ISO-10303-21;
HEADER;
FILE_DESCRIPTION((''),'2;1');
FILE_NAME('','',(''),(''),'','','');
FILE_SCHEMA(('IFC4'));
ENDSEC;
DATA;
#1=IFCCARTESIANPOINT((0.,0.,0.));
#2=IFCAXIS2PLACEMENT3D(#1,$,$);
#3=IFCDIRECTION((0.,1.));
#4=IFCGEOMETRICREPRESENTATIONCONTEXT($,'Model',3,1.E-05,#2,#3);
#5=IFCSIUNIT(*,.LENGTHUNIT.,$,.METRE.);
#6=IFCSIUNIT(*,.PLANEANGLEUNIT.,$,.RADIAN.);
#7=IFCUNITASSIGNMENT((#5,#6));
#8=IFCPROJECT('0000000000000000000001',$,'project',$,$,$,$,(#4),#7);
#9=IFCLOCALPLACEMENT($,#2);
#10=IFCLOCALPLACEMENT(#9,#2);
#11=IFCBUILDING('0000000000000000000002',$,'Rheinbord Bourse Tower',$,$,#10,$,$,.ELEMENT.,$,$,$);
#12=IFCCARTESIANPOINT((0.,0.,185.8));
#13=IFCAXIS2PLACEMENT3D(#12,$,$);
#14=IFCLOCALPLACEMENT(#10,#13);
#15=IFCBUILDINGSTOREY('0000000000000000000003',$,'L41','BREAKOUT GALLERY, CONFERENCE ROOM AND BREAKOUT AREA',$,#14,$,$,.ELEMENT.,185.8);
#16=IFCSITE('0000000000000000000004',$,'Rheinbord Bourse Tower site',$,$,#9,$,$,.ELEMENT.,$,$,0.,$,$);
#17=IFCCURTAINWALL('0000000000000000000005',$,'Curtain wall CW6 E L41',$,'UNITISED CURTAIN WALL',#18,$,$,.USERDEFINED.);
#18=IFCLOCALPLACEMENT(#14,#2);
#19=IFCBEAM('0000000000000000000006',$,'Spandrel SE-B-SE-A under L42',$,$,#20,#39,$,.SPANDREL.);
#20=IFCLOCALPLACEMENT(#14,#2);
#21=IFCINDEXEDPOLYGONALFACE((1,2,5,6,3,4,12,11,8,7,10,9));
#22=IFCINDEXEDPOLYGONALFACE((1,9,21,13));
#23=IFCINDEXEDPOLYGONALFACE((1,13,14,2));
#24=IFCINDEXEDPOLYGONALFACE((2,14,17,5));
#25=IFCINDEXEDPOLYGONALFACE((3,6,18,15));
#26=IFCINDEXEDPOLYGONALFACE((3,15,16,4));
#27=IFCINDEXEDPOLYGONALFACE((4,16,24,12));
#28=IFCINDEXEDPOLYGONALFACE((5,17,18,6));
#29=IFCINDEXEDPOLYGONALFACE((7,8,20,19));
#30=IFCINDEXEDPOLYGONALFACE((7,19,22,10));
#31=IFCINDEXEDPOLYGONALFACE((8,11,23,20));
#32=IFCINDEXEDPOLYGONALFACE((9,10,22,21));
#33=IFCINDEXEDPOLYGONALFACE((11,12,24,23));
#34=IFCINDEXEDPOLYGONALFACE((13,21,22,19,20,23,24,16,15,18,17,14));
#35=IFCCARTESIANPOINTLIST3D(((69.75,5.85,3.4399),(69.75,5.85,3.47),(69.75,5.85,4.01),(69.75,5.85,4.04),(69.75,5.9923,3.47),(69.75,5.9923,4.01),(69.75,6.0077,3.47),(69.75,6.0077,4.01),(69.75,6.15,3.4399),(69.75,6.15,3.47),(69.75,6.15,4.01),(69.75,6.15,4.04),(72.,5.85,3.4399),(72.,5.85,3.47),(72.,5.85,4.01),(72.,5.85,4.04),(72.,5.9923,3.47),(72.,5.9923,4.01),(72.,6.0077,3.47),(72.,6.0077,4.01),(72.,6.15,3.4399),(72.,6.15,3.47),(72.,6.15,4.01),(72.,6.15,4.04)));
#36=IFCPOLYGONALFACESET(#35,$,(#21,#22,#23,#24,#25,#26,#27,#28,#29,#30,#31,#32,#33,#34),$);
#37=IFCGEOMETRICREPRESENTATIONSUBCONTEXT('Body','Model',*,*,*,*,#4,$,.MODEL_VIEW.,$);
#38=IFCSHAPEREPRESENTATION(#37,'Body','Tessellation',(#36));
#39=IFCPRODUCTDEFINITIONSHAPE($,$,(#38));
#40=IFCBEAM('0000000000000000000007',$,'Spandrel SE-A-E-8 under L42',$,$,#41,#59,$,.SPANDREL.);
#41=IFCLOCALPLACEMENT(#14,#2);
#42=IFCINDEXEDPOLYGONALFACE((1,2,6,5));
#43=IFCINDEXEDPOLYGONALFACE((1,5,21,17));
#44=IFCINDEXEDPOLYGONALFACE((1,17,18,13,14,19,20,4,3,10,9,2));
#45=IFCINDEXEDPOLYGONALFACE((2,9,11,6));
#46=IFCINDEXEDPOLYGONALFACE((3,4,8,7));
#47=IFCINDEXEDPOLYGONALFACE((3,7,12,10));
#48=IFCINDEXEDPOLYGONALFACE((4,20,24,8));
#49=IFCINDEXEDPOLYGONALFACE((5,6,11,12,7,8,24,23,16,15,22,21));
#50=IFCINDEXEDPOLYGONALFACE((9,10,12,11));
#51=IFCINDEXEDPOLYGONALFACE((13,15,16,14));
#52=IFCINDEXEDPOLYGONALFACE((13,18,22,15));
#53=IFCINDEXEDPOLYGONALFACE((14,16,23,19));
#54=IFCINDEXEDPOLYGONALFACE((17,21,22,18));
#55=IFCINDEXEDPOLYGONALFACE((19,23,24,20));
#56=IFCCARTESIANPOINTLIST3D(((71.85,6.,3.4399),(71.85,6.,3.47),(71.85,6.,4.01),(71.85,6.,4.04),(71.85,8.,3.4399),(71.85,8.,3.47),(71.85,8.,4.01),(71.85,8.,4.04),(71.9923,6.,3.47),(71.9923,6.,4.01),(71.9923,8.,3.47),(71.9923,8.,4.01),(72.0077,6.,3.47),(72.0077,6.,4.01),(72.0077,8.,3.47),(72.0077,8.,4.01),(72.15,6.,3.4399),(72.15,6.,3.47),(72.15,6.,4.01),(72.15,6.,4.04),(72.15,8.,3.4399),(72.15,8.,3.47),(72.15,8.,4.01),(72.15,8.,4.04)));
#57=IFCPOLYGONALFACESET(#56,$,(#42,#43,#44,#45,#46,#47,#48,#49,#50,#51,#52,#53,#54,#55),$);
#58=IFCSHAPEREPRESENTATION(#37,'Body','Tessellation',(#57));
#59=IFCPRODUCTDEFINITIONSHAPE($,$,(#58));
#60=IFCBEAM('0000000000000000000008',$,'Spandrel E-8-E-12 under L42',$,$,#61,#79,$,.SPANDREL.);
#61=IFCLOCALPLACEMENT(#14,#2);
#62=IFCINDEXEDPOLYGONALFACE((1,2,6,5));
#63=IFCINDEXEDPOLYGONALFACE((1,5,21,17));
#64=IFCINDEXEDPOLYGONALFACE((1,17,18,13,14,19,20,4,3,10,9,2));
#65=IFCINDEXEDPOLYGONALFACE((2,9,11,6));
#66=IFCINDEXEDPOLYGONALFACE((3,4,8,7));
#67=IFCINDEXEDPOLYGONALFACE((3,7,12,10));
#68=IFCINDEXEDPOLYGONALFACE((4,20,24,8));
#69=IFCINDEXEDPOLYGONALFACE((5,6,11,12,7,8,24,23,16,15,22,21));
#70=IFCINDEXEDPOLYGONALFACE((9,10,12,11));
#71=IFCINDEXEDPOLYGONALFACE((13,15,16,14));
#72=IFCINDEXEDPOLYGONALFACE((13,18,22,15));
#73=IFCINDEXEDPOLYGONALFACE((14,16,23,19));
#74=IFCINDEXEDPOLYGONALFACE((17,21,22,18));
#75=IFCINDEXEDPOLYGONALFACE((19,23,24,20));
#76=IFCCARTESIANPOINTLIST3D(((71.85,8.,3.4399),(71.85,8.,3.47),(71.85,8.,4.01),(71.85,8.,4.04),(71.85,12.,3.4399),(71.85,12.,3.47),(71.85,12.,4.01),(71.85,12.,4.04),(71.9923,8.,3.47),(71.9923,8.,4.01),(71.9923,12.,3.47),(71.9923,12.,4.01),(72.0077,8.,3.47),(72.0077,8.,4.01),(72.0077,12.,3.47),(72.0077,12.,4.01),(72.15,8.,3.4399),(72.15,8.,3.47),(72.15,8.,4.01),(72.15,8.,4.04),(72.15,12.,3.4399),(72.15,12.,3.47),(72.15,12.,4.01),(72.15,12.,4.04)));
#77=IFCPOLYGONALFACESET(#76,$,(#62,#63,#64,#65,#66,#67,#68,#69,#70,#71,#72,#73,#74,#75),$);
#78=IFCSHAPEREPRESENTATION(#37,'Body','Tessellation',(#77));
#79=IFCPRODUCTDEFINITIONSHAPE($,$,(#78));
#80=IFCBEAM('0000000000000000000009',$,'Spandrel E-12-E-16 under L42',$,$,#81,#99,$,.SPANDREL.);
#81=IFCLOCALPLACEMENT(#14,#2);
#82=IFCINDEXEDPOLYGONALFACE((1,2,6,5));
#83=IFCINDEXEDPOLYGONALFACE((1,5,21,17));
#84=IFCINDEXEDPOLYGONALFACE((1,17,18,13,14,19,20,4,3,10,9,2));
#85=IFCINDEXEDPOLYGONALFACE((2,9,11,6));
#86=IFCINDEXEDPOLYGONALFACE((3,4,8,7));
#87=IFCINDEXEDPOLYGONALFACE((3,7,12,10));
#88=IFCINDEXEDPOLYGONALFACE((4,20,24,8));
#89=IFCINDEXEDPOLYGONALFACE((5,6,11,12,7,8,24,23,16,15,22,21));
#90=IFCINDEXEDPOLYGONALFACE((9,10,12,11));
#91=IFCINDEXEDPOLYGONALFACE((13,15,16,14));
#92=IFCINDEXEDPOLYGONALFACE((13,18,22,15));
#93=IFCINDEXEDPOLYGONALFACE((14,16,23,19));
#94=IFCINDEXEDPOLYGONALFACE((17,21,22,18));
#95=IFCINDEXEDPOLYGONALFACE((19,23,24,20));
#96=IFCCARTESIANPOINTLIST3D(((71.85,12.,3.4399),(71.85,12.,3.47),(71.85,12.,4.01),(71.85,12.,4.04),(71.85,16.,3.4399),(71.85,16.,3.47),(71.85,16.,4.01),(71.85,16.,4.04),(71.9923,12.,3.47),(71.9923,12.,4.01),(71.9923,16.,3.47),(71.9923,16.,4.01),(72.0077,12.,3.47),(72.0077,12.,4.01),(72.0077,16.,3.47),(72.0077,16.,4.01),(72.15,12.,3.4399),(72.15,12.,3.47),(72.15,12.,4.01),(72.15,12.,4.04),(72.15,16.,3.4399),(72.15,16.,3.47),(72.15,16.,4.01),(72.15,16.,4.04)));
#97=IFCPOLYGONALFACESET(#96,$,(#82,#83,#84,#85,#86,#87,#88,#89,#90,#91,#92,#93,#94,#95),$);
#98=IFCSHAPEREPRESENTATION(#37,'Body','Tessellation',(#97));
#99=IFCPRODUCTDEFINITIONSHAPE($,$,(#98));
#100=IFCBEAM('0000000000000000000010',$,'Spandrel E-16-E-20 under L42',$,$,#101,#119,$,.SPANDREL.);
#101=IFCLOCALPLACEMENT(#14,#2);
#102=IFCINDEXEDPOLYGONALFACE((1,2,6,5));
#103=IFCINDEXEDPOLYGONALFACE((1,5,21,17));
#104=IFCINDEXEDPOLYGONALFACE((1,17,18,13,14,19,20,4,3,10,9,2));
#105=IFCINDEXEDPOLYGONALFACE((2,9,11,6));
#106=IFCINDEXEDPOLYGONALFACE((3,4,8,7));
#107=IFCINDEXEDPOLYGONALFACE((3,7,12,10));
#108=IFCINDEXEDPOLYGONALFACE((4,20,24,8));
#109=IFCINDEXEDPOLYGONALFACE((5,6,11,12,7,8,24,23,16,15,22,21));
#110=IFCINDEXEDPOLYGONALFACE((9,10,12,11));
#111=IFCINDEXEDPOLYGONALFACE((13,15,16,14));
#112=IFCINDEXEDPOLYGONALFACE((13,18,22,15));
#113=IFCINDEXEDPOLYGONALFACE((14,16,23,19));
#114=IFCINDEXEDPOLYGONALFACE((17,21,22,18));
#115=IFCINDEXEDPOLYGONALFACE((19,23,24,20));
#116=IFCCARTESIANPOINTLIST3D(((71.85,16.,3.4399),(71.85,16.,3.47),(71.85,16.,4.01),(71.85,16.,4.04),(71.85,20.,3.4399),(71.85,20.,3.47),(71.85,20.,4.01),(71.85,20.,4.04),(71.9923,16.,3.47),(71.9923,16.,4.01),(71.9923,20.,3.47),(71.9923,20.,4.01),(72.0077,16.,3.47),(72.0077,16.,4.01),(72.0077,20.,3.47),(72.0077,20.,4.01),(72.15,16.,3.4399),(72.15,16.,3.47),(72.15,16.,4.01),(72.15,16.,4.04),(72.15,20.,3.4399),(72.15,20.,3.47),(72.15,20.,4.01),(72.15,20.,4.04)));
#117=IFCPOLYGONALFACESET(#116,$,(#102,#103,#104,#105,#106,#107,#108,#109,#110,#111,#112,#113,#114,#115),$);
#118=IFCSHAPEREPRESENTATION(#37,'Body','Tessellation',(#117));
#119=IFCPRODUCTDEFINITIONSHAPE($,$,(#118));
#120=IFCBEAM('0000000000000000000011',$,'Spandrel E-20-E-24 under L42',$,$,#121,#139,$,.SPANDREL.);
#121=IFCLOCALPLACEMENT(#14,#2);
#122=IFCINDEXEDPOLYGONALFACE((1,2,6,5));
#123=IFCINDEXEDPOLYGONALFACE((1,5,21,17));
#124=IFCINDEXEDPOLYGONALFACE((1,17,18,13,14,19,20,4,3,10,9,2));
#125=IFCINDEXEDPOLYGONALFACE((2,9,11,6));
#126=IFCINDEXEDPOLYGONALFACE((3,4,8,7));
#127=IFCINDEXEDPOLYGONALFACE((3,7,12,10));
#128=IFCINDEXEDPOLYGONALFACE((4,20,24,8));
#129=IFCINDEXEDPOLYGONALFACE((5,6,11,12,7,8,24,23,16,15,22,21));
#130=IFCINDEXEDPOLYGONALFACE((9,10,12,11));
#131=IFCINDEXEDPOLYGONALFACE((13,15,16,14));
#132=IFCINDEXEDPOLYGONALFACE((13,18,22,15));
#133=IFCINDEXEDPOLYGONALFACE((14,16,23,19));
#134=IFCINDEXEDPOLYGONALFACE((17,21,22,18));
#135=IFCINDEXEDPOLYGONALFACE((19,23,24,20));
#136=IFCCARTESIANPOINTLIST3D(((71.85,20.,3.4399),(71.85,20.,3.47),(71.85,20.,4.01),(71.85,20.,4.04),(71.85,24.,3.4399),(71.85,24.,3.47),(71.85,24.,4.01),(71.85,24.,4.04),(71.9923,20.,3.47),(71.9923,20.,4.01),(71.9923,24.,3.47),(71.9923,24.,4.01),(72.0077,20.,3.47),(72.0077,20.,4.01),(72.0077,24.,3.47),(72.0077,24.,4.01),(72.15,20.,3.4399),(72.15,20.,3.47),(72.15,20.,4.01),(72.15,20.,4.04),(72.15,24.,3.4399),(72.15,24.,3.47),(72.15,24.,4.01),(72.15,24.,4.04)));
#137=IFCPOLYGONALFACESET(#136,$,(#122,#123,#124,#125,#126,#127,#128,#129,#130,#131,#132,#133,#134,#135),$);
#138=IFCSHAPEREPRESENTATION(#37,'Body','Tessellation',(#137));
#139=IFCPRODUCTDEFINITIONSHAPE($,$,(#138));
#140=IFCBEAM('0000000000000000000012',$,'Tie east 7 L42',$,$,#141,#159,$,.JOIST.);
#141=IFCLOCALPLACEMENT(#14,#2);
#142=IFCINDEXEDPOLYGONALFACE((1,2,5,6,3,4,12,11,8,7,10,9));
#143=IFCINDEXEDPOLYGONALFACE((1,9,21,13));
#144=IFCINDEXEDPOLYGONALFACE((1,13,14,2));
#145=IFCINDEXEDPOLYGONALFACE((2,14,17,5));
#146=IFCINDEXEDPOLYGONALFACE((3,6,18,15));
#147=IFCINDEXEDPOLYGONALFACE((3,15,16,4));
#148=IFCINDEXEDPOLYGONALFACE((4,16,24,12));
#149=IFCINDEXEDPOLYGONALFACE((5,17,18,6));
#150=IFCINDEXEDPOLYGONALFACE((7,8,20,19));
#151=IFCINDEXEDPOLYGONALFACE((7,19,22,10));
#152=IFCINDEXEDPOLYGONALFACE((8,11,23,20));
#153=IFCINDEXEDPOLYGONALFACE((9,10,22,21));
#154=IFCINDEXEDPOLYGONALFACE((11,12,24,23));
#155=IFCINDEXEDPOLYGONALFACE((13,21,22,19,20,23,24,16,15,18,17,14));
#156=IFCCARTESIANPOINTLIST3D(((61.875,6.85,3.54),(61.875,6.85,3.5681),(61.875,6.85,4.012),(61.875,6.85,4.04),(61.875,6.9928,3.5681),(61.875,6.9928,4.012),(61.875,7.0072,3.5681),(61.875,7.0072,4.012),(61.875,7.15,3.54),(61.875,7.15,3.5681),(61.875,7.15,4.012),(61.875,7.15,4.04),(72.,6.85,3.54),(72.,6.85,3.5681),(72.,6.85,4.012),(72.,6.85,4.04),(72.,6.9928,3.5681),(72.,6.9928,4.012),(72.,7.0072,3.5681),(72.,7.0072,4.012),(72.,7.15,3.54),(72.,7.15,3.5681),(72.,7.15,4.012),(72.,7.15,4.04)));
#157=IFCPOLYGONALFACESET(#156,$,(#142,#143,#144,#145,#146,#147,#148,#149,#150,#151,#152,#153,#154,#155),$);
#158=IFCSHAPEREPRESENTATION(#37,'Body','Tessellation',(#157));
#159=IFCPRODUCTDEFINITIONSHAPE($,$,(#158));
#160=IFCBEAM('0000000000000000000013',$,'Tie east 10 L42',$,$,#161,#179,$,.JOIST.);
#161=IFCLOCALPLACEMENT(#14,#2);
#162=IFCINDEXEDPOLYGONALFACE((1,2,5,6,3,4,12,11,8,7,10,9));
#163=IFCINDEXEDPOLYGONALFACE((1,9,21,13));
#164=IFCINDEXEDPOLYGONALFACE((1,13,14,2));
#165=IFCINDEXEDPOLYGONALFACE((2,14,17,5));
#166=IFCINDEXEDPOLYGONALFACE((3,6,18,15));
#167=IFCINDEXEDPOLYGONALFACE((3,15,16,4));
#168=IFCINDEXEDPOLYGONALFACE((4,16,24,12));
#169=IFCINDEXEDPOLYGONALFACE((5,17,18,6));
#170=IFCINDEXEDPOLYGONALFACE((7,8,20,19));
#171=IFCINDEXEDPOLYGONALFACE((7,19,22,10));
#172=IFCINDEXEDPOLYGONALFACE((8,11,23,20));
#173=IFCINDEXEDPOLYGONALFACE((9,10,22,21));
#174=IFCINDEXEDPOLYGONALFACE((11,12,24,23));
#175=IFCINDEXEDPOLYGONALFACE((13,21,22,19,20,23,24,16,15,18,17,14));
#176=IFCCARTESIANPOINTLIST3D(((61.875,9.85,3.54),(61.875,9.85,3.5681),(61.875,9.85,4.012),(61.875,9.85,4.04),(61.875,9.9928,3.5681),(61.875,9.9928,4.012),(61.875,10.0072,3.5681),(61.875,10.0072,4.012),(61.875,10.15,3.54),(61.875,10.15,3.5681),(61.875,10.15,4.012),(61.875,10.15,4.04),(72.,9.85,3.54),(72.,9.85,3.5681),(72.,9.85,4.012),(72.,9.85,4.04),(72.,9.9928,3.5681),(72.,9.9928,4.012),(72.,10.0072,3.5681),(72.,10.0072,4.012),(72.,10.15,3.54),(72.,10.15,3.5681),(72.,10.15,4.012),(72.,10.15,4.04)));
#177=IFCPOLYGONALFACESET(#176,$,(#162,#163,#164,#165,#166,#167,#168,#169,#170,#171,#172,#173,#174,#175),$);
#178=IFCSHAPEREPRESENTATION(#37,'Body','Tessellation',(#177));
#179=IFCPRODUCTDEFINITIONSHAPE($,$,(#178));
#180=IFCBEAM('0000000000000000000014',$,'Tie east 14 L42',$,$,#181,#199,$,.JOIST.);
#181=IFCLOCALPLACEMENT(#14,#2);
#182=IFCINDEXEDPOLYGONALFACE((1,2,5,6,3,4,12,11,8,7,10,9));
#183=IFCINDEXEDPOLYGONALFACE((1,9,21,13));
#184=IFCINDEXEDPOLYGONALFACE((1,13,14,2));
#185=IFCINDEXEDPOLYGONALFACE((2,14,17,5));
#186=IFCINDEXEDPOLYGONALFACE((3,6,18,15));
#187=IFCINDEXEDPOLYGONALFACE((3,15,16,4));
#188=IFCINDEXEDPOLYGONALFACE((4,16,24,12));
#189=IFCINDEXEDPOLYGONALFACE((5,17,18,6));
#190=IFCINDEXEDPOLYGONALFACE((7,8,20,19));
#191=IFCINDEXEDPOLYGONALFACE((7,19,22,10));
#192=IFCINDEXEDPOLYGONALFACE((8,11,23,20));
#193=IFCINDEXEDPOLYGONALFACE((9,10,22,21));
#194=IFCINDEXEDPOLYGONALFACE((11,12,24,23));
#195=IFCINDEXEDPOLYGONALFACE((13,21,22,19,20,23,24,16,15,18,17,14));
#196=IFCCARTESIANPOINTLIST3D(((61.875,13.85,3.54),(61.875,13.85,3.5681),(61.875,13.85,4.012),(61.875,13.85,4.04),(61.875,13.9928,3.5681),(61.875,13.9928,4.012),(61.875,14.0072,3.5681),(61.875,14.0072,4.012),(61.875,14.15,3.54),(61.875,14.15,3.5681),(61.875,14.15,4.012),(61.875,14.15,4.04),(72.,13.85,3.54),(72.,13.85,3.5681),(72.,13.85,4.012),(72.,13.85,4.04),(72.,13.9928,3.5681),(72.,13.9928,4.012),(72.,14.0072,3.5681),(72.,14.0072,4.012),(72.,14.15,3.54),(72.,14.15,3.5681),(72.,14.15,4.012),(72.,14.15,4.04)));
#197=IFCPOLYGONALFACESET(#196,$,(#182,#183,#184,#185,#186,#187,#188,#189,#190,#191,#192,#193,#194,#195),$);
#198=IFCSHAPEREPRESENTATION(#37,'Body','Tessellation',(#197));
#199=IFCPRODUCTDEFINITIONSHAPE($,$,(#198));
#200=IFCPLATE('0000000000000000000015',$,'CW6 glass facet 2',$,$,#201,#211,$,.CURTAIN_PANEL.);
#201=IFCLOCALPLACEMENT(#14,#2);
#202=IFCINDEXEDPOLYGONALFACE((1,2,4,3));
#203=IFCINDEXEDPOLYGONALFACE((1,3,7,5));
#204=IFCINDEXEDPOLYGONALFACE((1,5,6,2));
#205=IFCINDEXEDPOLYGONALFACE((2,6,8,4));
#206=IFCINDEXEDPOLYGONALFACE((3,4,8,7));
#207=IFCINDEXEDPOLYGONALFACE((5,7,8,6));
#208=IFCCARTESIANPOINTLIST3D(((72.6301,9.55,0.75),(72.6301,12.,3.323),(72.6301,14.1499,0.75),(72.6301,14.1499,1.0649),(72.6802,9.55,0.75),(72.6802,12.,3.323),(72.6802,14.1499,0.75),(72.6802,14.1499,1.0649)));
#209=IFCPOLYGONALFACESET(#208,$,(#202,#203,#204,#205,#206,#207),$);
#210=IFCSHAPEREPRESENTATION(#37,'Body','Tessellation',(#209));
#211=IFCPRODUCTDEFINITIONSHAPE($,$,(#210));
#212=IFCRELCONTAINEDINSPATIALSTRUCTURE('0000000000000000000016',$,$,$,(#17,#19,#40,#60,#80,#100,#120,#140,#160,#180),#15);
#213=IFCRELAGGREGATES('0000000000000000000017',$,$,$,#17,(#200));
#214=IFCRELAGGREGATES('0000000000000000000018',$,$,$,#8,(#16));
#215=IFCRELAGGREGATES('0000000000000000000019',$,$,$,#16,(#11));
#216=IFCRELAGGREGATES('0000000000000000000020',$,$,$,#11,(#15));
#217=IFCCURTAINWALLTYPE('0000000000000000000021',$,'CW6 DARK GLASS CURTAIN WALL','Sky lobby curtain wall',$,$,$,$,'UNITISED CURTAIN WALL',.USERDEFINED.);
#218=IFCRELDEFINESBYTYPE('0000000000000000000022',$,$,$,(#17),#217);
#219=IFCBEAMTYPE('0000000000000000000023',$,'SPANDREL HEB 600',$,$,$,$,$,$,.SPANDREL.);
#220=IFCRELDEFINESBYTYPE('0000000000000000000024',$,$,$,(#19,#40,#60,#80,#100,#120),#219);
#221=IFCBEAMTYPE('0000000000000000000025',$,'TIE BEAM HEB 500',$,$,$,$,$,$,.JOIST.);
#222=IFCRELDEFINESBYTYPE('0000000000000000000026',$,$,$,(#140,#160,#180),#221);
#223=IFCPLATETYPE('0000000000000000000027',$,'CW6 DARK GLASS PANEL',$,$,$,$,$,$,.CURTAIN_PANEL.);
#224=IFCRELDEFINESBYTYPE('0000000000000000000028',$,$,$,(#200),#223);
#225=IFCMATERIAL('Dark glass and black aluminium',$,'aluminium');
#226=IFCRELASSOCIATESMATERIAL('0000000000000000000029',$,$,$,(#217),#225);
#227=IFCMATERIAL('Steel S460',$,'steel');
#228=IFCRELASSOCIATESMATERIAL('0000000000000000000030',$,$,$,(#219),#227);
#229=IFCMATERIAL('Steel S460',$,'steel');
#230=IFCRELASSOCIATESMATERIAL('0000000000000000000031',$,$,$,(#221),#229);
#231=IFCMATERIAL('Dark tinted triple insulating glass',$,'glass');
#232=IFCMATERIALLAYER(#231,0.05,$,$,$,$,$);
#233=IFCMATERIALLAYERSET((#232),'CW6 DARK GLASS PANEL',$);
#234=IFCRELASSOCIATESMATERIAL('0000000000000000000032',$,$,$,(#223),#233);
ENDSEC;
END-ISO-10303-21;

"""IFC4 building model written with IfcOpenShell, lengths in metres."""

from ifc_helpers import new_model, si_unit, direction, frame, origin, origin_2d, place, context, subcontext, project, spatial, polyline, i_section, outline, extrude, material, layer, layer_set, material_profile, profile_set, type_object, element, aggregate, save


model = new_model("IFC4")

# Units and contexts
model_context = context("Model", 3, precision=1e-05, world=origin(), true_north=direction((0.0, 1.0)))
body_context = subcontext(model_context, "Body", "Model", "MODEL_VIEW")
ifc_project = project(units=[si_unit("LENGTHUNIT", "METRE"), si_unit("PLANEANGLEUNIT", "RADIAN")], contexts=[model_context])

# Site, building, storey
site_placement = place(None, origin())
site = spatial("IfcSite", under=ifc_project, at=site_placement, Name="Rheinbord Bourse Tower site", CompositionType="ELEMENT", RefElevation=0.0)
building_placement = place(site_placement, origin())
building = spatial("IfcBuilding", under=site, at=building_placement, Name="Rheinbord Bourse Tower", CompositionType="ELEMENT")
storey_placement = place(building_placement, frame((0.0, 0.0, 185.8)))
storey = spatial("IfcBuildingStorey", under=building, at=storey_placement, Name="L41", Description="BREAKOUT GALLERY, CONFERENCE ROOM AND BREAKOUT AREA", CompositionType="ELEMENT", Elevation=185.8)

# Curtain wall
ifc_material_1 = material(Name="Dark glass and black aluminium", Category="aluminium")
curtain_wall_type = type_object("IfcCurtainWallType", Name="CW6 DARK GLASS CURTAIN WALL", Description="Sky lobby curtain wall", ElementType="UNITISED CURTAIN WALL", PredefinedType="USERDEFINED", material=ifc_material_1)
curtain_wall_placement = place(storey_placement, origin())
curtain_wall = element("IfcCurtainWall", 1, at=curtain_wall_placement, inside=storey, type_object=curtain_wall_type, Name="Curtain wall CW6 E L41", ObjectType="UNITISED CURTAIN WALL", PredefinedType="USERDEFINED")

# Beams
ifc_material_2 = material(Name="Steel S460", Category="steel")
ifc_material_profile_1 = material_profile(ifc_material_2, i_section(OverallWidth=0.3, OverallDepth=0.6001, WebThickness=0.0154, FlangeThickness=0.03, at=origin_2d()), Name="HEB 600")
ifc_profile_set_1 = profile_set([ifc_material_profile_1], Name="Steel S460")
beam_type_1 = type_object("IfcBeamType", Name="SPANDREL HEB 600", PredefinedType="SPANDREL", material=ifc_profile_set_1)
beam_1_placement = place(storey_placement, frame((69.75, 6.0, 3.74), z_axis=(1.0, 0.0, 0.0), x_axis=(0.0, 1.0, 0.0)))
element("IfcBeam", 2, at=beam_1_placement, inside=storey, type_object=beam_type_1, Name="Spandrel SE-B-SE-A under L42", PredefinedType="SPANDREL", context=body_context, shape_type="SweptSolid", body=[
    extrude(i_section(OverallWidth=0.3, OverallDepth=0.6001, WebThickness=0.0154, FlangeThickness=0.03, at=origin_2d()), origin(), (0.0, 0.0, 1.0), 2.25),
])
beam_2_placement = place(storey_placement, frame((72.0, 6.0, 3.74), z_axis=(0.0, 1.0, 0.0), x_axis=(-1.0, 0.0, 0.0)))
element("IfcBeam", 3, at=beam_2_placement, inside=storey, type_object=beam_type_1, Name="Spandrel SE-A-E-8 under L42", PredefinedType="SPANDREL", context=body_context, shape_type="SweptSolid", body=[
    extrude(i_section(OverallWidth=0.3, OverallDepth=0.6001, WebThickness=0.0154, FlangeThickness=0.03, at=origin_2d()), origin(), (0.0, 0.0, 1.0), 2.0),
])
for number, where, z_axis, x_axis, name in (
    (4, (72.0, 8.0, 3.74), (0.0, 1.0, 0.0), (-1.0, 0.0, 0.0), "Spandrel E-8-E-12 under L42"),
    (5, (72.0, 12.0, 3.74), (0.0, 1.0, 0.0), (-1.0, 0.0, 0.0), "Spandrel E-12-E-16 under L42"),
    (6, (72.0, 16.0, 3.74), (0.0, 1.0, 0.0), (-1.0, 0.0, 0.0), "Spandrel E-16-E-20 under L42"),
    (7, (72.0, 20.0, 3.74), (0.0, 1.0, 0.0), (-1.0, 0.0, 0.0), "Spandrel E-20-E-24 under L42"),
):
    element("IfcBeam", number, at=place(storey_placement, frame(where, z_axis=z_axis, x_axis=x_axis)), inside=storey, type_object=beam_type_1, Name=name, PredefinedType="SPANDREL", context=body_context, shape_type="SweptSolid", body=[
        extrude(i_section(OverallWidth=0.3, OverallDepth=0.6001, WebThickness=0.0154, FlangeThickness=0.03, at=origin_2d()), origin(), (0.0, 0.0, 1.0), 4.0),
    ])
ifc_material_3 = material(Name="Steel S460", Category="steel")
ifc_material_profile_2 = material_profile(ifc_material_3, i_section(OverallWidth=0.3, OverallDepth=0.5, WebThickness=0.0144, FlangeThickness=0.0281, at=origin_2d()), Name="HEB 500")
ifc_profile_set_2 = profile_set([ifc_material_profile_2], Name="Steel S460")
beam_type_2 = type_object("IfcBeamType", Name="TIE BEAM HEB 500", PredefinedType="JOIST", material=ifc_profile_set_2)
for number, where, z_axis, x_axis, name in (
    (8, (61.875, 7.0, 3.79), (1.0, 0.0, 0.0), (0.0, 1.0, 0.0), "Tie east 7 L42"),
    (9, (61.875, 10.0, 3.79), (1.0, 0.0, 0.0), (0.0, 1.0, 0.0), "Tie east 10 L42"),
    (10, (61.875, 14.0, 3.79), (1.0, 0.0, 0.0), (0.0, 1.0, 0.0), "Tie east 14 L42"),
):
    element("IfcBeam", number, at=place(storey_placement, frame(where, z_axis=z_axis, x_axis=x_axis)), inside=storey, type_object=beam_type_2, Name=name, PredefinedType="JOIST", context=body_context, shape_type="SweptSolid", body=[
        extrude(i_section(OverallWidth=0.3, OverallDepth=0.5, WebThickness=0.0144, FlangeThickness=0.0281, at=origin_2d()), origin(), (0.0, 0.0, 1.0), 10.125),
    ])

# Plate
ifc_material_4 = material(Name="Dark tinted triple insulating glass", Category="glass")
ifc_layer_1 = layer(ifc_material_4, 0.05)
ifc_layer_set_1 = layer_set([ifc_layer_1], Name="CW6 DARK GLASS PANEL")
plate_type = type_object("IfcPlateType", Name="CW6 DARK GLASS PANEL", PredefinedType="CURTAIN_PANEL", material=ifc_layer_set_1)
plate_1_placement = place(storey_placement, frame((72.6802, 14.1499, 0.75), z_axis=(-1.0, 0.0, 0.0), x_axis=(0.0, -1.0, 0.0)))
plate_1 = element("IfcPlate", 11, at=plate_1_placement, type_object=plate_type, Name="CW6 glass facet 2", PredefinedType="CURTAIN_PANEL", context=body_context, shape_type="SweptSolid", body=[
    extrude(outline(polyline([(0.0, 0.0), (4.5999, 0.0), (2.1499, 2.573), (0.0, 0.3149), (0.0, 0.0)])), origin(), (0.0, 0.0, 1.0), 0.05),
])
aggregate(curtain_wall, [plate_1])

save(model, "model.ifc")
